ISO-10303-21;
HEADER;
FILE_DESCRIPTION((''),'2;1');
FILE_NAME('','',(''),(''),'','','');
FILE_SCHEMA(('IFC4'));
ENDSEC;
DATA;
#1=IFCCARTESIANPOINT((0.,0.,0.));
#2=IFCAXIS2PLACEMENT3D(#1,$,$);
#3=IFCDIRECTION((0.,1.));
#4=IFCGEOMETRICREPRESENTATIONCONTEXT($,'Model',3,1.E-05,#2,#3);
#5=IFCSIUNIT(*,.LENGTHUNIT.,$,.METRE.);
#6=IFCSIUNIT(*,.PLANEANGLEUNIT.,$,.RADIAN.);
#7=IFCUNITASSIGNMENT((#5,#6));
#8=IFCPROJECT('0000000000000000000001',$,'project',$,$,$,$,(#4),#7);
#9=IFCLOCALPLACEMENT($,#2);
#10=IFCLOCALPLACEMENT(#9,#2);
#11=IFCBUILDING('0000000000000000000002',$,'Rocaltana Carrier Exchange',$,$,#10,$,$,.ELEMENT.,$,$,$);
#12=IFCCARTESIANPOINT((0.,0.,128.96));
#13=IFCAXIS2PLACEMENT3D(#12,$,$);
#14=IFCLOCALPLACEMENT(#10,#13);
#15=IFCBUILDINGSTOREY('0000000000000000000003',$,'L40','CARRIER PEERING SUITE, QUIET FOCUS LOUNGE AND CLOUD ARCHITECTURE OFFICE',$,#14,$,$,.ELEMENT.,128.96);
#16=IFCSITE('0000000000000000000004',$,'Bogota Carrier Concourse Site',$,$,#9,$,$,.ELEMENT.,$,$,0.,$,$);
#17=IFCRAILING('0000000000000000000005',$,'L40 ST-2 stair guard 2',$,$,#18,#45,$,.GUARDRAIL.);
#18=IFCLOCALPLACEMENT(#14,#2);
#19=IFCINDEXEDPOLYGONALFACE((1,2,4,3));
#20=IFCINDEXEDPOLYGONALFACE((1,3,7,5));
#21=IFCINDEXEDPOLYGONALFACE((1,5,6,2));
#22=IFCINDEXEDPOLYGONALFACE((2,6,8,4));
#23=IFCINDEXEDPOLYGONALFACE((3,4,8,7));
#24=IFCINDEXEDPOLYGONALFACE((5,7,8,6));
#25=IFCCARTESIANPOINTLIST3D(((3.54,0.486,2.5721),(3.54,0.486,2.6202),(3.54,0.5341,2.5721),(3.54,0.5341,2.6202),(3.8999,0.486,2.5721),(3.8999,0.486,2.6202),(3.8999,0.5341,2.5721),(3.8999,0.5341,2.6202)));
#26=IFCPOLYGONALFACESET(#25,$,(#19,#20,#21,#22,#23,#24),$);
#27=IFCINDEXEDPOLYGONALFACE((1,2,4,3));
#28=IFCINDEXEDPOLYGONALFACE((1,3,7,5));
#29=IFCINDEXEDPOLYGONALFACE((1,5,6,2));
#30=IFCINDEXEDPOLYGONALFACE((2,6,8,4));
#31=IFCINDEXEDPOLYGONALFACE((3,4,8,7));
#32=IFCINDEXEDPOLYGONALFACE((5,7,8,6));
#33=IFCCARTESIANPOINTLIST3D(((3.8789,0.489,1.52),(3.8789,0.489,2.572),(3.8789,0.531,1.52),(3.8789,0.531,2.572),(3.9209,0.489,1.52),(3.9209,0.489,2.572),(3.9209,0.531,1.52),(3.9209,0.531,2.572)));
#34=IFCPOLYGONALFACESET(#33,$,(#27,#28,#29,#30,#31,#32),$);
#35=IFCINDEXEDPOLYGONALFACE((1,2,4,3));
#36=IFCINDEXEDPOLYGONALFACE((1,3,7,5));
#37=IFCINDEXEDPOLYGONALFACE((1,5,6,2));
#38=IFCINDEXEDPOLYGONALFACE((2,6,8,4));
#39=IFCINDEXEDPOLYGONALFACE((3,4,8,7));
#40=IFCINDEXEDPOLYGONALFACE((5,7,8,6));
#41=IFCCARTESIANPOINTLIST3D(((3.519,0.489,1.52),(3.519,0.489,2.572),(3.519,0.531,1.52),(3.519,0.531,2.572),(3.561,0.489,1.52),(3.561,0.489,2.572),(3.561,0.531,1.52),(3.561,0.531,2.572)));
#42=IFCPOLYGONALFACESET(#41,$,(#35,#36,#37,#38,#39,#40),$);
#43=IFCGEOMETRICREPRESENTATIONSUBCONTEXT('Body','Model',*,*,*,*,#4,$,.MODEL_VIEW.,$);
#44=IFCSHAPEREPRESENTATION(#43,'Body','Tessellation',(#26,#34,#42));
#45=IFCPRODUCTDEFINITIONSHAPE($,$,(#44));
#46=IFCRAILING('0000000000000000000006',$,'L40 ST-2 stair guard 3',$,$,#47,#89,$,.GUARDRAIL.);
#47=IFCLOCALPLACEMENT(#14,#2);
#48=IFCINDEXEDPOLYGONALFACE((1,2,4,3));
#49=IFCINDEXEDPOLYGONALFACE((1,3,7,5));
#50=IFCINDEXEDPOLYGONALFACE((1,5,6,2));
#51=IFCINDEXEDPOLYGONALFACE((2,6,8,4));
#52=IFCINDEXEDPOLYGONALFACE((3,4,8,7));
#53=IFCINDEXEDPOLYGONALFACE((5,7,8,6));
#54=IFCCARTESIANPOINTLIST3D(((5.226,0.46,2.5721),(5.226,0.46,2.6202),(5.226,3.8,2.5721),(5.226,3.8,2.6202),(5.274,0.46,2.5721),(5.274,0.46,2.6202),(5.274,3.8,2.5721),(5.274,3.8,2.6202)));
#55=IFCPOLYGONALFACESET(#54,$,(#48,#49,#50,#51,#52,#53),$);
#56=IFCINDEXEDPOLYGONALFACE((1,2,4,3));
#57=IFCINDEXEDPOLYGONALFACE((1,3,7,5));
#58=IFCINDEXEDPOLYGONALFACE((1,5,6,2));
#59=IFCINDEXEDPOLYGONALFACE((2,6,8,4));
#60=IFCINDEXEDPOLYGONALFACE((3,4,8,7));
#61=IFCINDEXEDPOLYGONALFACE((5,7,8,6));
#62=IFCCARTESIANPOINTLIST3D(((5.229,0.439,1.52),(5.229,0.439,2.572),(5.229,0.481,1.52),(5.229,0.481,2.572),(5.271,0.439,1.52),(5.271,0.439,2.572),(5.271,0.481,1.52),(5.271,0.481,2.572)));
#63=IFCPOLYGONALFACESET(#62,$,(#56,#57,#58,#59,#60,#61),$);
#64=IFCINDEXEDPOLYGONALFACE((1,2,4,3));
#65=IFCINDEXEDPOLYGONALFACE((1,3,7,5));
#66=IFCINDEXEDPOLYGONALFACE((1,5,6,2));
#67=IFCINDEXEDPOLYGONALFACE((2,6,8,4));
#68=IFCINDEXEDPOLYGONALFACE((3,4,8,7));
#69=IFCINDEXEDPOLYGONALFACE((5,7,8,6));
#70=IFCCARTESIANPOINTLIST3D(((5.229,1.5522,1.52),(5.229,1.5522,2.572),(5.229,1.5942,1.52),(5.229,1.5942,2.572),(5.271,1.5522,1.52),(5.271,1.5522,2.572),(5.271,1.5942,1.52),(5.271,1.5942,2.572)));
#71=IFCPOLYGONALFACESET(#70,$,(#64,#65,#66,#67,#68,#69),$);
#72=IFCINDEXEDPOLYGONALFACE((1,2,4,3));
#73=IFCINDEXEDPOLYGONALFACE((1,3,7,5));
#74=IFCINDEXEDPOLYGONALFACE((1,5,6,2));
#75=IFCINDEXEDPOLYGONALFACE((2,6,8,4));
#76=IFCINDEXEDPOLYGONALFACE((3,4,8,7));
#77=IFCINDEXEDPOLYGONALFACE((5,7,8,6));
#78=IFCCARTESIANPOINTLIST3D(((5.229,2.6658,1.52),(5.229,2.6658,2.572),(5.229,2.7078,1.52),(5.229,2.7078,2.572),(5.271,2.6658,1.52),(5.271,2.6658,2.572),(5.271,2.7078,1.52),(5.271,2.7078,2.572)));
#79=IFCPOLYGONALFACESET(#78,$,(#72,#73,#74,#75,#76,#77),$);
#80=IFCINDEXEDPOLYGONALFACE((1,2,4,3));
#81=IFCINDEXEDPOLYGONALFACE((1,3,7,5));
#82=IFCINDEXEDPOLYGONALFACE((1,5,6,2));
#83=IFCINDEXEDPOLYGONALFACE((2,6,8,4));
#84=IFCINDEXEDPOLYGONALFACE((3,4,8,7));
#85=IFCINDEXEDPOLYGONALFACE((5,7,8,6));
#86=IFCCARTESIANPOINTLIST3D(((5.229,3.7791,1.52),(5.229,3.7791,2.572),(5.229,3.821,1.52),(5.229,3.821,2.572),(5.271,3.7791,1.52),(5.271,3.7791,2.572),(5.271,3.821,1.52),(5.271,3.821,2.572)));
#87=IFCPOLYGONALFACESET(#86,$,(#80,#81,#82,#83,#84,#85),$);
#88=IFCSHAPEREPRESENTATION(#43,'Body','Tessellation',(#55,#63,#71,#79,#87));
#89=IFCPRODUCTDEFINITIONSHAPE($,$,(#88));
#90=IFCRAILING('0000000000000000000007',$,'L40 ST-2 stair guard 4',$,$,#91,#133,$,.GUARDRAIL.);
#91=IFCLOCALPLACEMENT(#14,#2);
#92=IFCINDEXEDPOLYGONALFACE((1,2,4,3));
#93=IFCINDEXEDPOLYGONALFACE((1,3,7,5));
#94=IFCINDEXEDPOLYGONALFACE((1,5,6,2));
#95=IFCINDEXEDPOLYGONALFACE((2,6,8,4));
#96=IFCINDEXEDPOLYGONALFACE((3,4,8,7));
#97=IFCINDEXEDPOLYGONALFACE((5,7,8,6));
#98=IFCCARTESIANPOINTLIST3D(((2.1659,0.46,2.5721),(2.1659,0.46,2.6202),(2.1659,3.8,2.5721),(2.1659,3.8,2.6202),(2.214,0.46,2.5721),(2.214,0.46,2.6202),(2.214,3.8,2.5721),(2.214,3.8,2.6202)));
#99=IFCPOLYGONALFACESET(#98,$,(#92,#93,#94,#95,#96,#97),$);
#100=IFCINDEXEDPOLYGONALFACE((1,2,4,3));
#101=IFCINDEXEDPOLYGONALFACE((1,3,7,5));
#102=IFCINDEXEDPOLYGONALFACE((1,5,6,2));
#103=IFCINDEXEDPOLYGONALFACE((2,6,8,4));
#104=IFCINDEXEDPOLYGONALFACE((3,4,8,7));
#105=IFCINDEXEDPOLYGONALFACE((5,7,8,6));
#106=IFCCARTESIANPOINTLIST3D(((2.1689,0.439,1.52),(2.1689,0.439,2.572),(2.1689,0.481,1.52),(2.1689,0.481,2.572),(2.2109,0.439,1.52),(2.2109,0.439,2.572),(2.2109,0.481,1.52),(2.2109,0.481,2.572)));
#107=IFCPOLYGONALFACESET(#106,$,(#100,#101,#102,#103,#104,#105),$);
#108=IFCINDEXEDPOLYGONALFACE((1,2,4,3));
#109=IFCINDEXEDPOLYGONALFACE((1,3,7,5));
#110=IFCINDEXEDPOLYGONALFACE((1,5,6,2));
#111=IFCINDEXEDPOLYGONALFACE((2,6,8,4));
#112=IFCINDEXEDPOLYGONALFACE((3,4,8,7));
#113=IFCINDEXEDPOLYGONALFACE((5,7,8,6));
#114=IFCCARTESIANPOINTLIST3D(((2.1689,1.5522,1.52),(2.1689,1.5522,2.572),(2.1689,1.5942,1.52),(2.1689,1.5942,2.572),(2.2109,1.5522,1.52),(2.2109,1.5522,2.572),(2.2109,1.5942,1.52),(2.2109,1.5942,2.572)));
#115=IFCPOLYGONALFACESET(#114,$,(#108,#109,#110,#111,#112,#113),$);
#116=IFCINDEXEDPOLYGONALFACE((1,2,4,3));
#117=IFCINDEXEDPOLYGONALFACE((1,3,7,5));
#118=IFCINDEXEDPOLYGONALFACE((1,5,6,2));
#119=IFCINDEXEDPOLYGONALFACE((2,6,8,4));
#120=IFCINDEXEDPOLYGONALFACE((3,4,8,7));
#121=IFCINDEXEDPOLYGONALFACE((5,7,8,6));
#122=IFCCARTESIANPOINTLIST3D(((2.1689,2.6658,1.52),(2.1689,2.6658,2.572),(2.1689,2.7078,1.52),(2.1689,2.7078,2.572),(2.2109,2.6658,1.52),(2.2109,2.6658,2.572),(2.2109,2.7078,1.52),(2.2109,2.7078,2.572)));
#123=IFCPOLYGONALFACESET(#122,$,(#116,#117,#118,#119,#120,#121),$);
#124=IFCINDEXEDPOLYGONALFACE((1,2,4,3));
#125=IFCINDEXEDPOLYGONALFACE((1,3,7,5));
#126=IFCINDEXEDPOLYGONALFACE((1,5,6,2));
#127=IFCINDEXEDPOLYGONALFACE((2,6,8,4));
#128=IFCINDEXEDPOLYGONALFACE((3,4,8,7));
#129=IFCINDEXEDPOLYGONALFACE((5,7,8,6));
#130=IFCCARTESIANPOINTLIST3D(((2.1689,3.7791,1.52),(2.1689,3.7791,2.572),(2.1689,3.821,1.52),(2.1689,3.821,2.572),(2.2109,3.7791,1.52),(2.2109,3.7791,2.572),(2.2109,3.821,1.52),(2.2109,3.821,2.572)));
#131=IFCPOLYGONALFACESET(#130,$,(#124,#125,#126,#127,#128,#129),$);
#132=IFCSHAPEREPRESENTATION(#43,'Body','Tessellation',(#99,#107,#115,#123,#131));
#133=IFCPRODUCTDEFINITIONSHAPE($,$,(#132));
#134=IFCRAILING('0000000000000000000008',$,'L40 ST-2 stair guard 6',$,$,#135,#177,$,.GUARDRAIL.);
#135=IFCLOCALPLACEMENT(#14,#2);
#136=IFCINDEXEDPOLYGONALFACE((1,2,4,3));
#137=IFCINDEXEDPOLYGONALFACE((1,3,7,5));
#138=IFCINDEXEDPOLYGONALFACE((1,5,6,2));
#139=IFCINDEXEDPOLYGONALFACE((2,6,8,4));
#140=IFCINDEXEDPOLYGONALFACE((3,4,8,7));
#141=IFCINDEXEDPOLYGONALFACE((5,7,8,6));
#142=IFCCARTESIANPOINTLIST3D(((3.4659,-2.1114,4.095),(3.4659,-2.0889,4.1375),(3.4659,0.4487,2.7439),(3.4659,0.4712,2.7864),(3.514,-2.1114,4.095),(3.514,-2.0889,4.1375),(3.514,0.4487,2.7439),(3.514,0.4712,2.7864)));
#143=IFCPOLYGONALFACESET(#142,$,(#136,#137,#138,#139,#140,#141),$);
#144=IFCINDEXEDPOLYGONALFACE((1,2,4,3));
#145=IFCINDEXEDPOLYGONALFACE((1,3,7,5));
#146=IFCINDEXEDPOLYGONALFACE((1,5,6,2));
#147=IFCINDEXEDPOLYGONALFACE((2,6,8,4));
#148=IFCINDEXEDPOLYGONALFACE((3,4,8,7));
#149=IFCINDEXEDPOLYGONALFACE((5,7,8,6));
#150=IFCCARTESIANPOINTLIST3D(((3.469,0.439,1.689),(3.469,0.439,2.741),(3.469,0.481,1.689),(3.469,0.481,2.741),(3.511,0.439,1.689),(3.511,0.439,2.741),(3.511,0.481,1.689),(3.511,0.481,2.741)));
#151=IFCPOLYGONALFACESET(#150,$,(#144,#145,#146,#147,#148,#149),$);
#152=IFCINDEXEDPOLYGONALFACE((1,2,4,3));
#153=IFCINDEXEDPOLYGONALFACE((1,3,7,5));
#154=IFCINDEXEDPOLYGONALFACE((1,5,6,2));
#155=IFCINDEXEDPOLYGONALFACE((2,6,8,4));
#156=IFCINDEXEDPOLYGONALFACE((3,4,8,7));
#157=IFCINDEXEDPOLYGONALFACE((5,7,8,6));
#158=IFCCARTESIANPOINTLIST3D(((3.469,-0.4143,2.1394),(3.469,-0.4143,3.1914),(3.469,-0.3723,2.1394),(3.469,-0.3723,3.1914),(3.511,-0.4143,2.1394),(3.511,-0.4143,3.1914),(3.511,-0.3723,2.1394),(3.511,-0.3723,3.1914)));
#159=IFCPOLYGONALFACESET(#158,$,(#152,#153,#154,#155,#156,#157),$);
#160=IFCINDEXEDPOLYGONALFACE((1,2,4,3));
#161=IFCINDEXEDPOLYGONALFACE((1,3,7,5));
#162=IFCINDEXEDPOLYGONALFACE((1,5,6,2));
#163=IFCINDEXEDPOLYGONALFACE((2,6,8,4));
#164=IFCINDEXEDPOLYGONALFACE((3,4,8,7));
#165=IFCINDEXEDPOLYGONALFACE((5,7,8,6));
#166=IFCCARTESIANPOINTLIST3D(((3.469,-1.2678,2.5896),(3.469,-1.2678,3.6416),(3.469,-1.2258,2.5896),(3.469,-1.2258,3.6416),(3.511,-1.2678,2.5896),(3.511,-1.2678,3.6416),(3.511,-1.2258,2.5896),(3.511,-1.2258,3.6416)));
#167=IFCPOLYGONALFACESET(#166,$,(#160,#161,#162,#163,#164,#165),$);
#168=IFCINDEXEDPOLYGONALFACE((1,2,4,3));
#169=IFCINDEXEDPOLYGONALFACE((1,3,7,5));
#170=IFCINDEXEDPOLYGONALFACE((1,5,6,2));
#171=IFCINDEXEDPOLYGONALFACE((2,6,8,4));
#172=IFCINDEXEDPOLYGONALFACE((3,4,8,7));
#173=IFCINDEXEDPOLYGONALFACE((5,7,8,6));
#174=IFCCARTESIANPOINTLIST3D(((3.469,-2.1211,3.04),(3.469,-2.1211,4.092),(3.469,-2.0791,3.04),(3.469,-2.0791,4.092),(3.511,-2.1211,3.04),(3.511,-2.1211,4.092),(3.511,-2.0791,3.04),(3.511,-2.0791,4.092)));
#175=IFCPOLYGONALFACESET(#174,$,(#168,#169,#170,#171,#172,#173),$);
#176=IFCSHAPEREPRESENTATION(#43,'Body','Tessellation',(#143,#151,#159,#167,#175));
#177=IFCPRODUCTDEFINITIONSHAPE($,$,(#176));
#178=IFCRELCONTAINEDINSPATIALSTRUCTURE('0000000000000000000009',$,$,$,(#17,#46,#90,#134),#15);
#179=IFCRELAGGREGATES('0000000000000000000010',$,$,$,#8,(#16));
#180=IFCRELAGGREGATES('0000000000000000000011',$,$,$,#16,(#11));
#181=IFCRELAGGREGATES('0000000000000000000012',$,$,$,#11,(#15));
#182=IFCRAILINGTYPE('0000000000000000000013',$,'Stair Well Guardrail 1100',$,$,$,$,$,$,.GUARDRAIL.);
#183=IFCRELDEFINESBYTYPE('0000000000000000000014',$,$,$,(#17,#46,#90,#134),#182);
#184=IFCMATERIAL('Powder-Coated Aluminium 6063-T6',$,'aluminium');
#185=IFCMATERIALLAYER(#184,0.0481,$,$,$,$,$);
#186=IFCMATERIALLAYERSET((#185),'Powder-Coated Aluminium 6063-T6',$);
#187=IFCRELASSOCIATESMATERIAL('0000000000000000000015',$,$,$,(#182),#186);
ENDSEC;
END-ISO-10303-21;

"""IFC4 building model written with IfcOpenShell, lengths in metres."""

from ifc_helpers import new_model, si_unit, direction, frame, origin, origin_2d, place, context, subcontext, project, spatial, rectangle, extrude, material, layer, layer_set, type_object, element, save


model = new_model("IFC4")

# Units and contexts
model_context = context("Model", 3, precision=1e-05, world=origin(), true_north=direction((0.0, 1.0)))
body_context = subcontext(model_context, "Body", "Model", "MODEL_VIEW")
ifc_project = project(units=[si_unit("LENGTHUNIT", "METRE"), si_unit("PLANEANGLEUNIT", "RADIAN")], contexts=[model_context])

# Site, building, storey
site_placement = place(None, origin())
site = spatial("IfcSite", under=ifc_project, at=site_placement, Name="Bogota Carrier Concourse Site", CompositionType="ELEMENT", RefElevation=0.0)
building_placement = place(site_placement, origin())
building = spatial("IfcBuilding", under=site, at=building_placement, Name="Rocaltana Carrier Exchange", CompositionType="ELEMENT")
storey_placement = place(building_placement, frame((0.0, 0.0, 128.96)))
storey = spatial("IfcBuildingStorey", under=building, at=storey_placement, Name="L40", Description="CARRIER PEERING SUITE, QUIET FOCUS LOUNGE AND CLOUD ARCHITECTURE OFFICE", CompositionType="ELEMENT", Elevation=128.96)

# Railings
ifc_material_1 = material(Name="Powder-Coated Aluminium 6063-T6", Category="aluminium")
ifc_layer_1 = layer(ifc_material_1, 0.0481)
ifc_layer_set_1 = layer_set([ifc_layer_1], Name="Powder-Coated Aluminium 6063-T6")
railing_type_1 = type_object("IfcRailingType", Name="Stair Well Guardrail 1100", PredefinedType="GUARDRAIL", material=ifc_layer_set_1)
railing_1_placement = place(storey_placement, frame((3.8999, 0.51, 1.52)))
element("IfcRailing", 1, at=railing_1_placement, inside=storey, type_object=railing_type_1, Name="L40 ST-2 stair guard 2", PredefinedType="GUARDRAIL", context=body_context, shape_type="SweptSolid", body=[
    extrude(rectangle(XDim=0.0481, YDim=0.0481, at=origin_2d()), frame((0.0, 0.0, 1.0762), z_axis=(-1.0, 0.0, 0.0), x_axis=(0.0, -1.0, 0.0)), (0.0, 0.0, 1.0), 0.3599),
    extrude(rectangle(XDim=0.042, YDim=0.042, at=origin_2d()), origin(), (0.0, 0.0, 1.0), 1.052),
    extrude(rectangle(XDim=0.042, YDim=0.042, at=origin_2d()), frame((-0.3599, 0.0, 0.0)), (0.0, 0.0, 1.0), 1.052),
])
for number, where, name in (
    (2, (5.25, 0.46, 1.52), "L40 ST-2 stair guard 3"),
    (3, (2.1899, 0.46, 1.52), "L40 ST-2 stair guard 4"),
):
    element("IfcRailing", number, at=place(storey_placement, frame(where)), inside=storey, type_object=railing_type_1, Name=name, PredefinedType="GUARDRAIL", context=body_context, shape_type="SweptSolid", body=[
        extrude(rectangle(XDim=0.0481, YDim=0.0481, at=origin_2d()), frame((0.0, 0.0, 1.0762), z_axis=(0.0, 1.0, 0.0), x_axis=(-1.0, 0.0, 0.0)), (0.0, 0.0, 1.0), 3.3401),
        extrude(rectangle(XDim=0.042, YDim=0.042, at=origin_2d()), origin(), (0.0, 0.0, 1.0), 1.052),
        extrude(rectangle(XDim=0.042, YDim=0.042, at=origin_2d()), frame((0.0, 1.1133, 0.0)), (0.0, 0.0, 1.0), 1.052),
        extrude(rectangle(XDim=0.042, YDim=0.042, at=origin_2d()), frame((0.0, 2.2268, 0.0)), (0.0, 0.0, 1.0), 1.052),
        extrude(rectangle(XDim=0.042, YDim=0.042, at=origin_2d()), frame((0.0, 3.3401, 0.0)), (0.0, 0.0, 1.0), 1.052),
    ])
railing_2_placement = place(storey_placement, frame((3.49, 0.46, 1.689)))
element("IfcRailing", 4, at=railing_2_placement, inside=storey, type_object=railing_type_1, Name="L40 ST-2 stair guard 6", PredefinedType="GUARDRAIL", context=body_context, shape_type="SweptSolid", body=[
    extrude(rectangle(XDim=0.0481, YDim=0.0481, at=origin_2d()), frame((0.0, 0.0, 1.0762), z_axis=(0.0, -0.884394, 0.46674), x_axis=(1.0, 0.0, 0.0)), (0.0, 0.0, 1.0), 2.8948),
    extrude(rectangle(XDim=0.042, YDim=0.042, at=origin_2d()), origin(), (0.0, 0.0, 1.0), 1.052),
    extrude(rectangle(XDim=0.042, YDim=0.042, at=origin_2d()), frame((0.0, -0.8533, 0.4504)), (0.0, 0.0, 1.0), 1.052),
    extrude(rectangle(XDim=0.042, YDim=0.042, at=origin_2d()), frame((0.0, -1.7068, 0.9006)), (0.0, 0.0, 1.0), 1.052),
    extrude(rectangle(XDim=0.042, YDim=0.042, at=origin_2d()), frame((0.0, -2.5601, 1.3511)), (0.0, 0.0, 1.0), 1.052),
])

save(model, "model.ifc")
